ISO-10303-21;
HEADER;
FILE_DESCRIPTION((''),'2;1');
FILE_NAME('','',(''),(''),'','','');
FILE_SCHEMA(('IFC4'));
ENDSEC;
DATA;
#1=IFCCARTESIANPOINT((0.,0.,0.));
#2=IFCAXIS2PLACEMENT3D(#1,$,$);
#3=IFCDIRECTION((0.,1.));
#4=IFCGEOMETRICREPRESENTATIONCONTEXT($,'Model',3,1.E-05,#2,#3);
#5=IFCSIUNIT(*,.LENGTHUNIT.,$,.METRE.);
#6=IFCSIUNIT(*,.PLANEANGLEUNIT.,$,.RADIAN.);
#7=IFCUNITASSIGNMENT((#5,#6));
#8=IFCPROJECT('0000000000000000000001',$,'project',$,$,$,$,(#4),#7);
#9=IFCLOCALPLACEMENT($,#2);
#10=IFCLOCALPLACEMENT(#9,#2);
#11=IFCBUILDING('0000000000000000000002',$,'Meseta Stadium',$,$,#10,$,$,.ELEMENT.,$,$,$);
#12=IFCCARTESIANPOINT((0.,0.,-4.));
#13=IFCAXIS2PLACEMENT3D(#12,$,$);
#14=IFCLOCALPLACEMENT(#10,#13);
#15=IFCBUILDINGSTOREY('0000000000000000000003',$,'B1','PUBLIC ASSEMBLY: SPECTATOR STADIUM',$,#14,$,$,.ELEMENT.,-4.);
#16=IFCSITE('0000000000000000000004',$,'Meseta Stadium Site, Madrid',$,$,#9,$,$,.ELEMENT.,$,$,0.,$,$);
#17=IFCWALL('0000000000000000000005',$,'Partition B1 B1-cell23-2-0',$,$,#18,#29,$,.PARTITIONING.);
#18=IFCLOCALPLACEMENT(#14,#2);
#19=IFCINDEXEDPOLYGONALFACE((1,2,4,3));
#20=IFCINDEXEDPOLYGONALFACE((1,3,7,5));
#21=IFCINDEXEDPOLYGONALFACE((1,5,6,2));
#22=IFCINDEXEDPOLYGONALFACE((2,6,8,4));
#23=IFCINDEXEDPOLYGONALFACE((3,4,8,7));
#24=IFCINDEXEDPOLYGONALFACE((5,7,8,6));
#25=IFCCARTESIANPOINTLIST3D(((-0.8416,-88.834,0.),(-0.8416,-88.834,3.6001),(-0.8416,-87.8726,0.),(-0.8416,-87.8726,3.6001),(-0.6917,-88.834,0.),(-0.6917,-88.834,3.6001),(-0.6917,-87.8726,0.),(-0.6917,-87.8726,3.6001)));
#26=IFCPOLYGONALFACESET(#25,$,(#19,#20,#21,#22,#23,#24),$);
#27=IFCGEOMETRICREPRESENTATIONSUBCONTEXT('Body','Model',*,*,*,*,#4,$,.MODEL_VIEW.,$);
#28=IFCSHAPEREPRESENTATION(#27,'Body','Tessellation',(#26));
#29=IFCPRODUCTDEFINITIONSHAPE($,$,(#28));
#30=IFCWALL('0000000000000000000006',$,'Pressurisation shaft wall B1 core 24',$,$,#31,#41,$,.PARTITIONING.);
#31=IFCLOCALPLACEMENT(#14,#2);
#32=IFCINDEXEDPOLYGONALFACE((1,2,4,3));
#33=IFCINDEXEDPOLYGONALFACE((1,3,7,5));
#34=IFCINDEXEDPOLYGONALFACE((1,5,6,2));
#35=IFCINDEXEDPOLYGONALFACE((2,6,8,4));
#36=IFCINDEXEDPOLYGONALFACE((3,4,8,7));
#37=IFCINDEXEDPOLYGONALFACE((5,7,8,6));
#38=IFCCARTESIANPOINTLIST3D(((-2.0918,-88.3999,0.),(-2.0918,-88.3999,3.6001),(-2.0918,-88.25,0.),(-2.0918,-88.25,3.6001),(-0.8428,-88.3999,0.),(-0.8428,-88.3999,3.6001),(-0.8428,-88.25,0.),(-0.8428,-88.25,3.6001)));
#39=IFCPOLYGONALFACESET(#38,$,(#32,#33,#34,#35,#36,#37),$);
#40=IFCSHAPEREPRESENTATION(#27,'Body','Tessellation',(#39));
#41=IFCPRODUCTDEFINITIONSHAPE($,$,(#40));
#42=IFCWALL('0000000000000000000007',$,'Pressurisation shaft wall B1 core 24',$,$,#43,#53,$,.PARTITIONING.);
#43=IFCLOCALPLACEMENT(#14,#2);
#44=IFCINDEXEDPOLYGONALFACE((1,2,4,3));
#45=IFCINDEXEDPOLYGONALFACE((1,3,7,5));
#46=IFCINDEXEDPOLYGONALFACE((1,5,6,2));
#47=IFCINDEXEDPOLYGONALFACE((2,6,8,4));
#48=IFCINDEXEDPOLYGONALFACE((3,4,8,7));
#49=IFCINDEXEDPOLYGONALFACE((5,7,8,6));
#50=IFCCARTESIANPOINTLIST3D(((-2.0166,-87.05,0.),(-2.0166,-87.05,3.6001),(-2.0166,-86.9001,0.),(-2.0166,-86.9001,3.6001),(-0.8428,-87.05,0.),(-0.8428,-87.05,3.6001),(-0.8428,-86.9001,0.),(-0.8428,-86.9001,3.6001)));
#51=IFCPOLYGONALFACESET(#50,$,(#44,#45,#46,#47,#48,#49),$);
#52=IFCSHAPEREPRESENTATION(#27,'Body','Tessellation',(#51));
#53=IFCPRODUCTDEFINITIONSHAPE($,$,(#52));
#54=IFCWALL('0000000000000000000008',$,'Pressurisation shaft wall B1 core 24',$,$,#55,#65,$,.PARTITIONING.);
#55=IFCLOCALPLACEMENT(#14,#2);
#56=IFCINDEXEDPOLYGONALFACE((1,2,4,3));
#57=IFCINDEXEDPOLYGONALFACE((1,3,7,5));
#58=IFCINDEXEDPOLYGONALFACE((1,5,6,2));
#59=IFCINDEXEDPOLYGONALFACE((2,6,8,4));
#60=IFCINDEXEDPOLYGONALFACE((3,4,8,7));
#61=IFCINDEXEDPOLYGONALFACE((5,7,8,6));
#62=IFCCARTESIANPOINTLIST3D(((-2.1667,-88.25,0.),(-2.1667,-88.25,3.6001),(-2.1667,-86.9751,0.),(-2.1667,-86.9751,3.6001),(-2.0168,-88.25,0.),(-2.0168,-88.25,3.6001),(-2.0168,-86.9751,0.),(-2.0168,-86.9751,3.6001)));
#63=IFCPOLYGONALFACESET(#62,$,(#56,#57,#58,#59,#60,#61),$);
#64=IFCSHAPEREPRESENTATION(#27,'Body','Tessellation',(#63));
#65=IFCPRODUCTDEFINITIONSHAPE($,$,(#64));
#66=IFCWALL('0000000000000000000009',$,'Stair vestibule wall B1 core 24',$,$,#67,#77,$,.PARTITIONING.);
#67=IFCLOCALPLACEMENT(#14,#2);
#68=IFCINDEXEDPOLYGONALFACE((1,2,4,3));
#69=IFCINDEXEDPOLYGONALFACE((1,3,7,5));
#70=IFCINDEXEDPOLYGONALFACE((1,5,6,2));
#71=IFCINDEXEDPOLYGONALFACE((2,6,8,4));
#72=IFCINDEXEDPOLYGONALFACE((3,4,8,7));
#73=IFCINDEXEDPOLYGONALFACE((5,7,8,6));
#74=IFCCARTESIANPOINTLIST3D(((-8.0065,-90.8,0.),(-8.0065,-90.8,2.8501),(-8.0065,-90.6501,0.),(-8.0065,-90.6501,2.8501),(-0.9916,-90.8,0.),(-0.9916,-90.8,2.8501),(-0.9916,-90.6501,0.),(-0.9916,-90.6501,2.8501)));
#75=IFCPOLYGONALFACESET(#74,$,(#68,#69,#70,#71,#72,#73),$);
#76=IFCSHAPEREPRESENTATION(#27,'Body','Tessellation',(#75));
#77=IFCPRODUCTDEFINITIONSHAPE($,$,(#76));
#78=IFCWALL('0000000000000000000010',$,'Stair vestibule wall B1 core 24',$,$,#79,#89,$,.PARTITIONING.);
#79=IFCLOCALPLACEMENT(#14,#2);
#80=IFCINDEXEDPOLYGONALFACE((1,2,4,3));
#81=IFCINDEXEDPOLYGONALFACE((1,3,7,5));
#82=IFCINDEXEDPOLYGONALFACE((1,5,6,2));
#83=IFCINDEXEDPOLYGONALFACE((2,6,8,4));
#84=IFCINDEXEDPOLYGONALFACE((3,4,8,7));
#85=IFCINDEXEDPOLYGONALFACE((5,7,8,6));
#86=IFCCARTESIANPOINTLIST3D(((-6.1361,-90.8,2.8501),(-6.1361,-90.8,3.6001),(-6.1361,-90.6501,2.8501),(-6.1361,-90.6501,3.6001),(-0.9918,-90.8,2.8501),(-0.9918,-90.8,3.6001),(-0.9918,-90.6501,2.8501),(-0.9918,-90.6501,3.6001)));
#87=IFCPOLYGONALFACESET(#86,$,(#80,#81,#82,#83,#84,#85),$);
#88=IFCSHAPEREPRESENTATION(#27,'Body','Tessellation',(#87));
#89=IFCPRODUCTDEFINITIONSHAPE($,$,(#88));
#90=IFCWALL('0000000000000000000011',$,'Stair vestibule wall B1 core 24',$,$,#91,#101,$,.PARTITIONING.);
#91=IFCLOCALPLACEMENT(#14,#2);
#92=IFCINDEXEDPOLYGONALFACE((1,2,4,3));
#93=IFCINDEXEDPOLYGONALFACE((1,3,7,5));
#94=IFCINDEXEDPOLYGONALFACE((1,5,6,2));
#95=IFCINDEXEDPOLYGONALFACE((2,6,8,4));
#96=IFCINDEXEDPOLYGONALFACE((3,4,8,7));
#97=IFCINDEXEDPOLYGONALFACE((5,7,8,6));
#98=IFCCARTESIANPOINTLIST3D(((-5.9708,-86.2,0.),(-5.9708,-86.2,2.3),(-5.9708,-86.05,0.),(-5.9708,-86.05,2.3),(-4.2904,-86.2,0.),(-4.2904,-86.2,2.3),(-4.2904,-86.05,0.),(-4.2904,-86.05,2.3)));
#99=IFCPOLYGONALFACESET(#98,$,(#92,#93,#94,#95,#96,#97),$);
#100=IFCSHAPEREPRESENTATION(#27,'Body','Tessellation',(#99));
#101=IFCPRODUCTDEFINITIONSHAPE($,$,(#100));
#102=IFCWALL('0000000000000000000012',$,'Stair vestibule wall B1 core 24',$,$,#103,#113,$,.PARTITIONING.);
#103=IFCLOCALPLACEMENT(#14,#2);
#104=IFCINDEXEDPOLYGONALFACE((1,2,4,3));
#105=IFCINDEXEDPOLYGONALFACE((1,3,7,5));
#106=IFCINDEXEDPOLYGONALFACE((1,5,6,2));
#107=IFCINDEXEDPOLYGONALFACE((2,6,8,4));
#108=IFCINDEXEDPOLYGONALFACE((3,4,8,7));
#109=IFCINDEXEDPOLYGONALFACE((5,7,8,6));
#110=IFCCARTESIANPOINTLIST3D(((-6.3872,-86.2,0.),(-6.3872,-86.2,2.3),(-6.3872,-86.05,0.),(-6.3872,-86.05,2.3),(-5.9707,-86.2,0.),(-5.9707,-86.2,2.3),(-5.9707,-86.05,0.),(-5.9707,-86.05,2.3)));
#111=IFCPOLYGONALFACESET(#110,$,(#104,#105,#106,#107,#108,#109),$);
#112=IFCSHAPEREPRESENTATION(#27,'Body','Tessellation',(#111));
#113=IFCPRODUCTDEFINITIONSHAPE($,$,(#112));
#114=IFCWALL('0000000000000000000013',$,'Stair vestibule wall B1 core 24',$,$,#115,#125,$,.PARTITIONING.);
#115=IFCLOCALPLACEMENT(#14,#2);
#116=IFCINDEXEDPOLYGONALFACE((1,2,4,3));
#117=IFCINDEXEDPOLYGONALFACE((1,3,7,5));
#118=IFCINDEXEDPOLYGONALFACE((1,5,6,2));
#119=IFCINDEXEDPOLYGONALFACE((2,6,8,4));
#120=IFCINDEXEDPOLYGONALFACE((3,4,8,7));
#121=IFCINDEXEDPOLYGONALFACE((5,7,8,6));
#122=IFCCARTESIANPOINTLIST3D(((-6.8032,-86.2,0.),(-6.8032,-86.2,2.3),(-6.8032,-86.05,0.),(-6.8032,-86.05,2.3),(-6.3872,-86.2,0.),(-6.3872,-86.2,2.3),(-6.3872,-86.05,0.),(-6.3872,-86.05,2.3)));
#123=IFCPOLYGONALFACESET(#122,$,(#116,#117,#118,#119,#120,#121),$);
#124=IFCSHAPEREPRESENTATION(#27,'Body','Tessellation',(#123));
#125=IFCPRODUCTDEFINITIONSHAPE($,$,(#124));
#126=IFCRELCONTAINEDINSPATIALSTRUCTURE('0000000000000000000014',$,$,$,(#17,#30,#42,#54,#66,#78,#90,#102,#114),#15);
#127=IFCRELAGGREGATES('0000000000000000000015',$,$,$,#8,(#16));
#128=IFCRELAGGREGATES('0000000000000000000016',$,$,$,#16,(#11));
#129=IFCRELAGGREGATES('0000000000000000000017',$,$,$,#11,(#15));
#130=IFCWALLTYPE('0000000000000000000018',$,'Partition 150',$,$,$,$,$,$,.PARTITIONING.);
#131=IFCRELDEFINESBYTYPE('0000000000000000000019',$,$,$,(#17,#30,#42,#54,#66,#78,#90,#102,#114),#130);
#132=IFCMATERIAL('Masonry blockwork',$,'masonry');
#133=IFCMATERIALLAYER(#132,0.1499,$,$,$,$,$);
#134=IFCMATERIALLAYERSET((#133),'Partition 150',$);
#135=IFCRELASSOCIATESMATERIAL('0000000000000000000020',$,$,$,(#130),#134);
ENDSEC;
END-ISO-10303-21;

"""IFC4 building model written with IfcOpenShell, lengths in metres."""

from ifc_helpers import new_model, si_unit, direction, frame, frame_2d, origin, place, context, subcontext, project, spatial, rectangle, extrude, material, layer, layer_set, type_object, element, save


model = new_model("IFC4")

# Units and contexts
model_context = context("Model", 3, precision=1e-05, world=origin(), true_north=direction((0.0, 1.0)))
body_context = subcontext(model_context, "Body", "Model", "MODEL_VIEW")
ifc_project = project(units=[si_unit("LENGTHUNIT", "METRE"), si_unit("PLANEANGLEUNIT", "RADIAN")], contexts=[model_context])

# Site, building, storey
site_placement = place(None, origin())
site = spatial("IfcSite", under=ifc_project, at=site_placement, Name="Meseta Stadium Site, Madrid", CompositionType="ELEMENT", RefElevation=0.0)
building_placement = place(site_placement, origin())
building = spatial("IfcBuilding", under=site, at=building_placement, Name="Meseta Stadium", CompositionType="ELEMENT")
storey_placement = place(building_placement, frame((0.0, 0.0, -4.0)))
storey = spatial("IfcBuildingStorey", under=building, at=storey_placement, Name="B1", Description="PUBLIC ASSEMBLY: SPECTATOR STADIUM", CompositionType="ELEMENT", Elevation=-4.0)

# Shared definitions
ifc_material_1 = material(Name="Masonry blockwork", Category="masonry")
ifc_layer = layer(ifc_material_1, 0.1499)
ifc_layer_set = layer_set([ifc_layer], Name="Partition 150")
wall_type = type_object("IfcWallType", Name="Partition 150", PredefinedType="PARTITIONING", material=ifc_layer_set)

# Walls
wall_1_placement = place(storey_placement, frame((-0.7666, -88.834, 0.0), z_axis=(0.0, 0.0, 1.0), x_axis=(0.0, 1.0, 0.0)))
element("IfcWall", 1, at=wall_1_placement, inside=storey, type_object=wall_type, Name="Partition B1 B1-cell23-2-0", PredefinedType="PARTITIONING", context=body_context, shape_type="SweptSolid", body=[
    extrude(rectangle(XDim=0.9614, YDim=0.1499, at=frame_2d((0.4807, 0.0))), origin(), (0.0, 0.0, 1.0), 3.6001),
])
wall_2_placement = place(storey_placement, frame((-2.0918, -88.325, 0.0), z_axis=(0.0, 0.0, 1.0), x_axis=(1.0, 0.0, 0.0)))
element("IfcWall", 2, at=wall_2_placement, inside=storey, type_object=wall_type, Name="Pressurisation shaft wall B1 core 24", PredefinedType="PARTITIONING", context=body_context, shape_type="SweptSolid", body=[
    extrude(rectangle(XDim=1.249, YDim=0.1499, at=frame_2d((0.6245, 0.0))), origin(), (0.0, 0.0, 1.0), 3.6001),
])
wall_3_placement = place(storey_placement, frame((-0.8428, -86.9751, 0.0), z_axis=(0.0, 0.0, 1.0), x_axis=(-1.0, 0.0, 0.0)))
element("IfcWall", 3, at=wall_3_placement, inside=storey, type_object=wall_type, Name="Pressurisation shaft wall B1 core 24", PredefinedType="PARTITIONING", context=body_context, shape_type="SweptSolid", body=[
    extrude(rectangle(XDim=1.1738, YDim=0.1499, at=frame_2d((0.5869, 0.0))), origin(), (0.0, 0.0, 1.0), 3.6001),
])
wall_4_placement = place(storey_placement, frame((-2.0918, -86.9751, 0.0), z_axis=(0.0, 0.0, 1.0), x_axis=(0.0, -1.0, 0.0)))
element("IfcWall", 4, at=wall_4_placement, inside=storey, type_object=wall_type, Name="Pressurisation shaft wall B1 core 24", PredefinedType="PARTITIONING", context=body_context, shape_type="SweptSolid", body=[
    extrude(rectangle(XDim=1.2749, YDim=0.1499, at=frame_2d((0.6375, 0.0))), origin(), (0.0, 0.0, 1.0), 3.6001),
])
wall_5_placement = place(storey_placement, frame((-0.9917, -90.7251, 0.0), z_axis=(0.0, 0.0, 1.0), x_axis=(-1.0, 0.0, 0.0)))
element("IfcWall", 5, at=wall_5_placement, inside=storey, type_object=wall_type, Name="Stair vestibule wall B1 core 24", PredefinedType="PARTITIONING", context=body_context, shape_type="SweptSolid", body=[
    extrude(rectangle(XDim=7.0149, YDim=0.1499, at=frame_2d((3.5073, 0.0))), origin(), (0.0, 0.0, 1.0), 2.8501),
])
wall_6_placement = place(storey_placement, frame((-0.9917, -90.7251, 2.8501), z_axis=(0.0, 0.0, 1.0), x_axis=(-1.0, 0.0, 0.0)))
element("IfcWall", 6, at=wall_6_placement, inside=storey, type_object=wall_type, Name="Stair vestibule wall B1 core 24", PredefinedType="PARTITIONING", context=body_context, shape_type="SweptSolid", body=[
    extrude(rectangle(XDim=5.1443, YDim=0.1499, at=frame_2d((2.5723, 0.0))), origin(), (0.0, 0.0, 1.0), 0.75),
])
wall_7_placement = place(storey_placement, frame((-4.2903, -86.125, 0.0), z_axis=(0.0, 0.0, 1.0), x_axis=(-1.0, 0.0, 0.0)))
element("IfcWall", 7, at=wall_7_placement, inside=storey, type_object=wall_type, Name="Stair vestibule wall B1 core 24", PredefinedType="PARTITIONING", context=body_context, shape_type="SweptSolid", body=[
    extrude(rectangle(XDim=1.6804, YDim=0.1499, at=frame_2d((0.8403, 0.0))), origin(), (0.0, 0.0, 1.0), 2.3),
])
wall_8_placement = place(storey_placement, frame((-5.9707, -86.125, 0.0), z_axis=(0.0, 0.0, 1.0), x_axis=(-1.0, 0.0, 0.0)))
element("IfcWall", 8, at=wall_8_placement, inside=storey, type_object=wall_type, Name="Stair vestibule wall B1 core 24", PredefinedType="PARTITIONING", context=body_context, shape_type="SweptSolid", body=[
    extrude(rectangle(XDim=0.4165, YDim=0.1499, at=frame_2d((0.2083, 0.0))), origin(), (0.0, 0.0, 1.0), 2.3),
])
wall_9_placement = place(storey_placement, frame((-6.3872, -86.125, 0.0), z_axis=(0.0, 0.0, 1.0), x_axis=(-1.0, 0.0, 0.0)))
element("IfcWall", 9, at=wall_9_placement, inside=storey, type_object=wall_type, Name="Stair vestibule wall B1 core 24", PredefinedType="PARTITIONING", context=body_context, shape_type="SweptSolid", body=[
    extrude(rectangle(XDim=0.416, YDim=0.1499, at=frame_2d((0.208, 0.0))), origin(), (0.0, 0.0, 1.0), 2.3),
])

save(model, "model.ifc")
